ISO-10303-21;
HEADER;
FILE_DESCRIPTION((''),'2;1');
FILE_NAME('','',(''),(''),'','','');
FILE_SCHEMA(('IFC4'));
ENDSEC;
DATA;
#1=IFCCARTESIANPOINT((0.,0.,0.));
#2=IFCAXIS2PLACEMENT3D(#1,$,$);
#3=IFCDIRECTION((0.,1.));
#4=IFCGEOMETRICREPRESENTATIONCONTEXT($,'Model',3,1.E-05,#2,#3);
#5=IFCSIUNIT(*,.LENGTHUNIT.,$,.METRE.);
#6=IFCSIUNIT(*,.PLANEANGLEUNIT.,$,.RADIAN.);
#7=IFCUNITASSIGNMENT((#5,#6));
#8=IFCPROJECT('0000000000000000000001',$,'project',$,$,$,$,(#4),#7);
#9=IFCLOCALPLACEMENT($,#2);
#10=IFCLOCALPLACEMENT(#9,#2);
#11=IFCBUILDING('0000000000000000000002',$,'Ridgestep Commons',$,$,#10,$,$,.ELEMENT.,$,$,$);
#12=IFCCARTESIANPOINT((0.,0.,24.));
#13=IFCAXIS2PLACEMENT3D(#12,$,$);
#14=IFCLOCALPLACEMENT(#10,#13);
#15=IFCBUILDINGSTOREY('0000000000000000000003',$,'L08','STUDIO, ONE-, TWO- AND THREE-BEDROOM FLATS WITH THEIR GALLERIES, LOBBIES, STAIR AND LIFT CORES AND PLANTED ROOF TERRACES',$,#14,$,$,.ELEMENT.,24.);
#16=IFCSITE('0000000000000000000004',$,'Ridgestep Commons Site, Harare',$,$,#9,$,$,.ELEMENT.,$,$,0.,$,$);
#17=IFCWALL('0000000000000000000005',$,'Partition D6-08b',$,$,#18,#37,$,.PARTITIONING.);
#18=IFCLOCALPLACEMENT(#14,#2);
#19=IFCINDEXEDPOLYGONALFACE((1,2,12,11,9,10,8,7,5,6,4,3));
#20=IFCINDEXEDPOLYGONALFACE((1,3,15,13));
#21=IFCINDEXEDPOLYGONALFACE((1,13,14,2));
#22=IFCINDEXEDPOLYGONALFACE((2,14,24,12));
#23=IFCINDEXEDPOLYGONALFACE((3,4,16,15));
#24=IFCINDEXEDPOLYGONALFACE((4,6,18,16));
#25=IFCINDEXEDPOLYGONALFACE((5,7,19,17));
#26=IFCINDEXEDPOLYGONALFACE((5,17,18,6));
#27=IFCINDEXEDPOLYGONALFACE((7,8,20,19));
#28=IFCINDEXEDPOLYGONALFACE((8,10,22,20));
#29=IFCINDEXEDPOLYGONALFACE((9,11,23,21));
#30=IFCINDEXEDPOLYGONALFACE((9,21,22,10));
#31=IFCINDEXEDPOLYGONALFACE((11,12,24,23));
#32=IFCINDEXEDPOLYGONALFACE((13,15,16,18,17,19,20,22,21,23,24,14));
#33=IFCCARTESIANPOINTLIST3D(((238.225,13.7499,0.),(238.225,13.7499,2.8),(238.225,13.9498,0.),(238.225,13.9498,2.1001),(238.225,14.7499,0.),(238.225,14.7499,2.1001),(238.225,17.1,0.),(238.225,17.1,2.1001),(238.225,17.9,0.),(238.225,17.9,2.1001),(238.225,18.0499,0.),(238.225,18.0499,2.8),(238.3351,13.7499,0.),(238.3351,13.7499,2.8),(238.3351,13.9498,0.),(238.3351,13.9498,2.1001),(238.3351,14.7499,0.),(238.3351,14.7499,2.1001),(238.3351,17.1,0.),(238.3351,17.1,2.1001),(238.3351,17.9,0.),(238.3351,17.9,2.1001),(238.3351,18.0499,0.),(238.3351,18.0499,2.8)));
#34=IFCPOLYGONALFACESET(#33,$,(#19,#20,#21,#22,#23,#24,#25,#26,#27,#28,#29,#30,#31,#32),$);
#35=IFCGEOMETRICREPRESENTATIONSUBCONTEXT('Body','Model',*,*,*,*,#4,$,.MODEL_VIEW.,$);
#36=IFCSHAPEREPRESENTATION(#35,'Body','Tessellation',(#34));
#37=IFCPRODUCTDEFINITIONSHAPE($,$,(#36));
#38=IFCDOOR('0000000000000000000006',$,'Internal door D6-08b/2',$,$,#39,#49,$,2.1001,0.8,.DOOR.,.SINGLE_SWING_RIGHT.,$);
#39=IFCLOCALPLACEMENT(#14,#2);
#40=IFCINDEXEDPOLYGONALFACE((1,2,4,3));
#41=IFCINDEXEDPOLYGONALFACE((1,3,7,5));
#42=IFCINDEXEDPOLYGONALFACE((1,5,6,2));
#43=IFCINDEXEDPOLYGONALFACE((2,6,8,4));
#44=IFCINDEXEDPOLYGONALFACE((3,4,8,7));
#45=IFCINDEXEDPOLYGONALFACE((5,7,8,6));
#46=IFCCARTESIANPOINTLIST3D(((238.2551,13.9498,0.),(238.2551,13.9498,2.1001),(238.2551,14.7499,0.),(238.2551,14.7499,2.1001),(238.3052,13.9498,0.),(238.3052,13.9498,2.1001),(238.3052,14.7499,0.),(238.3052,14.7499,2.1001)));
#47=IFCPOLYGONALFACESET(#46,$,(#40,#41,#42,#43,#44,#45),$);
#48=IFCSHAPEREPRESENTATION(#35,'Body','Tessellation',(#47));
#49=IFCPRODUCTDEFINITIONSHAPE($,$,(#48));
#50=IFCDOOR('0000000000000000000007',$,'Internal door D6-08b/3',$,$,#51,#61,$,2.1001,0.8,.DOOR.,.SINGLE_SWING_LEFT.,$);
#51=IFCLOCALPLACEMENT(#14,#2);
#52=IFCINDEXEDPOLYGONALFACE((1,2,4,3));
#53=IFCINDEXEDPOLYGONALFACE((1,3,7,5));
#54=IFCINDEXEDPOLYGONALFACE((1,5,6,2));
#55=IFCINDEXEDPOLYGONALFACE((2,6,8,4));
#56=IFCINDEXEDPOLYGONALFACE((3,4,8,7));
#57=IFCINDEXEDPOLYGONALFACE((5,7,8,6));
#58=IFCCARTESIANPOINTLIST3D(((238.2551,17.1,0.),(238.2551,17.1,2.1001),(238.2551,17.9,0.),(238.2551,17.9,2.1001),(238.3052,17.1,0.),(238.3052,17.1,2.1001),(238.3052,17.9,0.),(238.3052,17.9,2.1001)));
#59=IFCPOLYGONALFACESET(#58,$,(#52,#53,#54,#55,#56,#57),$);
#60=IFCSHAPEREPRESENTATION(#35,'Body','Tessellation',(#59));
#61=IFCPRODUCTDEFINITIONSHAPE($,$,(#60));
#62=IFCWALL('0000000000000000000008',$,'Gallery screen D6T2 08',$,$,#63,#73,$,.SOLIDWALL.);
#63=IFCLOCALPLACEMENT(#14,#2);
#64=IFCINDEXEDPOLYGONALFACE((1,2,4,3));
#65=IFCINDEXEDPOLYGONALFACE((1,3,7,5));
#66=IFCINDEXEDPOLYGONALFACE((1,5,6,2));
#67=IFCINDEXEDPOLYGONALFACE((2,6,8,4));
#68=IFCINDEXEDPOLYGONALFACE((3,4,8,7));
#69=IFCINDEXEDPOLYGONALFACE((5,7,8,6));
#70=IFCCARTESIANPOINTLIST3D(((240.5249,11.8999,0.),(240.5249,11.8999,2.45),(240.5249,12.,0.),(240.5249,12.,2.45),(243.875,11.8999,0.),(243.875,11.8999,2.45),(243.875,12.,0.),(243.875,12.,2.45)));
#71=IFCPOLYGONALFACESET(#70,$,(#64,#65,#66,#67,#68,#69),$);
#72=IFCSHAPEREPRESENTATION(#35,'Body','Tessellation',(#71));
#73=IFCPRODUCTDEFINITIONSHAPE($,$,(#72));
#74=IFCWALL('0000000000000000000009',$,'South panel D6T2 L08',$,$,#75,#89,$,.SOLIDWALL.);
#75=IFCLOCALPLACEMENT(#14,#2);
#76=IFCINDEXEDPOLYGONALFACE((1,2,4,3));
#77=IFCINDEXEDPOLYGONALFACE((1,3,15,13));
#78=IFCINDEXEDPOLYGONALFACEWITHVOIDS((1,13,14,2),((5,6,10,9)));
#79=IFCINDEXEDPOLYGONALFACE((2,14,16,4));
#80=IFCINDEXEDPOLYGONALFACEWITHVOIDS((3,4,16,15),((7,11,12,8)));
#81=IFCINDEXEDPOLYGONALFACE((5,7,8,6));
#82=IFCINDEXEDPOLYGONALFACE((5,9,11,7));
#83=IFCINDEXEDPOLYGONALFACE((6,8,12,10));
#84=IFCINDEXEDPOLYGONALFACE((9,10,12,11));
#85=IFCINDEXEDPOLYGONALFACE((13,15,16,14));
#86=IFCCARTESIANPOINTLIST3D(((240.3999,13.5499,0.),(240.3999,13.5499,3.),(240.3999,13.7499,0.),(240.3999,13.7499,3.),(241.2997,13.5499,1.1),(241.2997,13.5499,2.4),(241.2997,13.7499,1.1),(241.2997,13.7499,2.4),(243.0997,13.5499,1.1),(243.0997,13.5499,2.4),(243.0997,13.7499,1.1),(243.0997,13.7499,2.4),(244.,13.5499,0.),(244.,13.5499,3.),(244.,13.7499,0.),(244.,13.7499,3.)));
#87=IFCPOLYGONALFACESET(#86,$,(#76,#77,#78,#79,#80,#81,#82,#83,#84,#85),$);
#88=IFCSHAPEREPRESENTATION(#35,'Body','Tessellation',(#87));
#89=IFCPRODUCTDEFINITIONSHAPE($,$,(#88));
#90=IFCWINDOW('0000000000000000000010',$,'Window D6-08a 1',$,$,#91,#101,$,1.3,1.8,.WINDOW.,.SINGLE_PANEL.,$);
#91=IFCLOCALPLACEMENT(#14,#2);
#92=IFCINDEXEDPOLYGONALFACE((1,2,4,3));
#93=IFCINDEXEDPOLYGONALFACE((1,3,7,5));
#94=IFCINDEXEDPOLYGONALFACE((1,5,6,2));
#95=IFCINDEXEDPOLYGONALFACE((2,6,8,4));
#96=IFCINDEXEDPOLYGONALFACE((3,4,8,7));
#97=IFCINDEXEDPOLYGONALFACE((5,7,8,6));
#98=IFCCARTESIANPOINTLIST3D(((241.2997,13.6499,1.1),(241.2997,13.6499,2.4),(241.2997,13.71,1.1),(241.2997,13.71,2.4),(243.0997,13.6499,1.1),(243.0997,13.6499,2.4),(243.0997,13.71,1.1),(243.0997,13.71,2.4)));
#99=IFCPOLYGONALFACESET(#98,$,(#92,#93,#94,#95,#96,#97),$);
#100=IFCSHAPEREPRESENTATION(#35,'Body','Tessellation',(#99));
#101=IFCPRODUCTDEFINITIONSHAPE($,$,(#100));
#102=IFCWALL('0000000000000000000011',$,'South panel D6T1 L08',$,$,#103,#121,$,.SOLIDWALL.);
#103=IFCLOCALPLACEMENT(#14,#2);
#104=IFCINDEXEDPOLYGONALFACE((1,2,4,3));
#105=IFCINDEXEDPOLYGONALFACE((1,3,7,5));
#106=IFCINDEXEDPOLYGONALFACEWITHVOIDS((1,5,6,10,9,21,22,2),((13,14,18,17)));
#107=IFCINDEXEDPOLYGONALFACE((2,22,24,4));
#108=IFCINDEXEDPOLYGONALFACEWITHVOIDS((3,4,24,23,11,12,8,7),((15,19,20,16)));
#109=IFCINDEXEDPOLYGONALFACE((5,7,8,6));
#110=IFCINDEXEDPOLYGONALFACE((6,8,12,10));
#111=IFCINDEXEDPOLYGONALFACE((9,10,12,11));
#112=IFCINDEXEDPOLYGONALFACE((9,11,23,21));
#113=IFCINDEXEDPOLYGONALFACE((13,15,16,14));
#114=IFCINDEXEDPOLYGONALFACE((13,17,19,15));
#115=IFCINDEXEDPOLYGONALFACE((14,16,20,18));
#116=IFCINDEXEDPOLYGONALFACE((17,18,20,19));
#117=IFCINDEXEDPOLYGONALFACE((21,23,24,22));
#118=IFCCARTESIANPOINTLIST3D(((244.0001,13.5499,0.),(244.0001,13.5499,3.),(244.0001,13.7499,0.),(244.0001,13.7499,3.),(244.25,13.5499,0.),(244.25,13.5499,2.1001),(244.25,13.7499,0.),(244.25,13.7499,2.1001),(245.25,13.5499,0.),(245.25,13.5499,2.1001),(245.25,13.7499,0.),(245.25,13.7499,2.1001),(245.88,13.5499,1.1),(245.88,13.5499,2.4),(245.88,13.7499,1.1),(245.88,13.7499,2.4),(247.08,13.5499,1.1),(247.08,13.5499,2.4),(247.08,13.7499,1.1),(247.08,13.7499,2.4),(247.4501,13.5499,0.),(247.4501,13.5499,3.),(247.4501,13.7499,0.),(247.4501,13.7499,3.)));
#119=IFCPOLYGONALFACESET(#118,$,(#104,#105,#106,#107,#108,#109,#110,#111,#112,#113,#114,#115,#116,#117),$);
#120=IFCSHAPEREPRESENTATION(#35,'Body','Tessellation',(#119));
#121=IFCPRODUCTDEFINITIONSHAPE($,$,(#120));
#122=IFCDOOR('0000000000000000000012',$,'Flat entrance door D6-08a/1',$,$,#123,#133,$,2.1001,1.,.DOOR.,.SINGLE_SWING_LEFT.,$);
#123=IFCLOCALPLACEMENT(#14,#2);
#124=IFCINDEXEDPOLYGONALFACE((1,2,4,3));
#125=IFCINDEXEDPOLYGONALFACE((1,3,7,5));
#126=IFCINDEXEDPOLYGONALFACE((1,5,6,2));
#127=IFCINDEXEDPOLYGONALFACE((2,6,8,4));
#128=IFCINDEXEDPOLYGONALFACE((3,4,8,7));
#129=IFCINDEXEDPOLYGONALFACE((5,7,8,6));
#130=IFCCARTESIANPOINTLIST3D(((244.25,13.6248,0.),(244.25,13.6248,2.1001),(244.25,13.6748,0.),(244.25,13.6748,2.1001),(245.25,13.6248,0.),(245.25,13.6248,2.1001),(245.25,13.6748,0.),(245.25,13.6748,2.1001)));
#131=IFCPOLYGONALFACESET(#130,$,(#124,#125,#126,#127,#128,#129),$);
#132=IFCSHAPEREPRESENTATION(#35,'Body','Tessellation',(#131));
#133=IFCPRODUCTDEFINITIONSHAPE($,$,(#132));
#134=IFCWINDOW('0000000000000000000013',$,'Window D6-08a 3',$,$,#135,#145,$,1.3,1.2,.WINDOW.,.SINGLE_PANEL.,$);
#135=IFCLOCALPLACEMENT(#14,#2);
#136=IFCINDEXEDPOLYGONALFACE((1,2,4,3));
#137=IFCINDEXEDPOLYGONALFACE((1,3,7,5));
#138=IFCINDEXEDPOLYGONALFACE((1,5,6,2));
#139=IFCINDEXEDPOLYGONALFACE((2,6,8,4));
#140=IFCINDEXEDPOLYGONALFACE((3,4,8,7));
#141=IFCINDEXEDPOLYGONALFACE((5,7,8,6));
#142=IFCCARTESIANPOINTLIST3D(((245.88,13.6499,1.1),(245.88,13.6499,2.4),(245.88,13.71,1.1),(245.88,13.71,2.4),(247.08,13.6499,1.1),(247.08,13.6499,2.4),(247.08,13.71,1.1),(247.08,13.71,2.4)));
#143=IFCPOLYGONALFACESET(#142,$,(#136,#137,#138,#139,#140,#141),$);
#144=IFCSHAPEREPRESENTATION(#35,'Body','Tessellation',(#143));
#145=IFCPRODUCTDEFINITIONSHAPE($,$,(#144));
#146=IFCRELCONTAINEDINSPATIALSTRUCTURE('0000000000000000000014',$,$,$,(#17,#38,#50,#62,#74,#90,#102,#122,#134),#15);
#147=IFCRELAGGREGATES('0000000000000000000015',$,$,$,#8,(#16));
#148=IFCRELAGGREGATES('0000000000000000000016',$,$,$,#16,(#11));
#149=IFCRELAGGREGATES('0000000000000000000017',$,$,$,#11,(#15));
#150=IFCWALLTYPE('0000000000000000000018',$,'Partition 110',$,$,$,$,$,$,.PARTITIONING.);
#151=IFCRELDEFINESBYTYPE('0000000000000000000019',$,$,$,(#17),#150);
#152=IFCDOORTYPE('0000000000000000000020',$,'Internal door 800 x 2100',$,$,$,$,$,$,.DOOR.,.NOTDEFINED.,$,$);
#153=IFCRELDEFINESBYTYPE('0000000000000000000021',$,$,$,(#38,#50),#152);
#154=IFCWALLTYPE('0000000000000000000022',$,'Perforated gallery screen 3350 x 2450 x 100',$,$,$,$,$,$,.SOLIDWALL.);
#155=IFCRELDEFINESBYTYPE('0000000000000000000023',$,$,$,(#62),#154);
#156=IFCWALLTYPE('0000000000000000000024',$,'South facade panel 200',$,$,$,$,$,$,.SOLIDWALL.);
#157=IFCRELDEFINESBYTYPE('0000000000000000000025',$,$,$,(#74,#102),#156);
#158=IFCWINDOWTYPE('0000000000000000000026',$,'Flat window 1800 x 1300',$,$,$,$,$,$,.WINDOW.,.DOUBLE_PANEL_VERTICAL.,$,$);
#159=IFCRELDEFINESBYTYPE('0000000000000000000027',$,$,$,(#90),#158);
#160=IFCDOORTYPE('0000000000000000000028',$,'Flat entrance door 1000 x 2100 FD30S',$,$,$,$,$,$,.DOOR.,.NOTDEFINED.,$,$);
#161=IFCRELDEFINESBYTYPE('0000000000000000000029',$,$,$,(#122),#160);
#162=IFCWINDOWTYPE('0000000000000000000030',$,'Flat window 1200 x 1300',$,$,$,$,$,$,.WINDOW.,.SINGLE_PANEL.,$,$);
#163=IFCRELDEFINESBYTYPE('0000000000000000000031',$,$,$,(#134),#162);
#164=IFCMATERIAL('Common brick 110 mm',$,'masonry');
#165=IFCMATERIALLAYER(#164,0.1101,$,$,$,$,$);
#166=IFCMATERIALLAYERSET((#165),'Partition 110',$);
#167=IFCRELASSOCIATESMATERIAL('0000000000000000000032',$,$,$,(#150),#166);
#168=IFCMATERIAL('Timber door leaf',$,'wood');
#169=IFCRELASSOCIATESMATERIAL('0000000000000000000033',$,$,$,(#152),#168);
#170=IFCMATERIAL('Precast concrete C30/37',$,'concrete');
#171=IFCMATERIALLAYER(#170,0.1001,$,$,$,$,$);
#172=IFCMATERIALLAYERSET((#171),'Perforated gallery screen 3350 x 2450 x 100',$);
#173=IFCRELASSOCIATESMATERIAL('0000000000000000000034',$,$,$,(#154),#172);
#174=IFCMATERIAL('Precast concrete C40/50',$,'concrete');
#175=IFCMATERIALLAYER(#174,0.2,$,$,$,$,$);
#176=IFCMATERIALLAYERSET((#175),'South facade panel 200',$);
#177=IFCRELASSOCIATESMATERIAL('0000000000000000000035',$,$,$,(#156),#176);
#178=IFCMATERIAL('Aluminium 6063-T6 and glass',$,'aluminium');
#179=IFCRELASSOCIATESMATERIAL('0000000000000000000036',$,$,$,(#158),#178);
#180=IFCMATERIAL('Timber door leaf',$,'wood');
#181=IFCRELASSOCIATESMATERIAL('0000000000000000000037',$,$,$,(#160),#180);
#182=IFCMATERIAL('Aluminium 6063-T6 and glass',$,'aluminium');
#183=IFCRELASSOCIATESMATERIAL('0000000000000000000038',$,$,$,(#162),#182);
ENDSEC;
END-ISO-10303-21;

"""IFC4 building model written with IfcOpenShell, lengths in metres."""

from ifc_helpers import new_model, si_unit, direction, frame, frame_2d, origin, place, context, subcontext, project, spatial, rectangle, extrude, material, layer, layer_set, type_object, element, fill, save


model = new_model("IFC4")

# Units and contexts
model_context = context("Model", 3, precision=1e-05, world=origin(), true_north=direction((0.0, 1.0)))
body_context = subcontext(model_context, "Body", "Model", "MODEL_VIEW")
ifc_project = project(units=[si_unit("LENGTHUNIT", "METRE"), si_unit("PLANEANGLEUNIT", "RADIAN")], contexts=[model_context])

# Site, building, storey
site_placement = place(None, origin())
site = spatial("IfcSite", under=ifc_project, at=site_placement, Name="Ridgestep Commons Site, Harare", CompositionType="ELEMENT", RefElevation=0.0)
building_placement = place(site_placement, origin())
building = spatial("IfcBuilding", under=site, at=building_placement, Name="Ridgestep Commons", CompositionType="ELEMENT")
storey_placement = place(building_placement, frame((0.0, 0.0, 24.0)))
storey = spatial("IfcBuildingStorey", under=building, at=storey_placement, Name="L08", Description="STUDIO, ONE-, TWO- AND THREE-BEDROOM FLATS WITH THEIR GALLERIES, LOBBIES, STAIR AND LIFT CORES AND PLANTED ROOF TERRACES", CompositionType="ELEMENT", Elevation=24.0)

# Wall, openings, doors
ifc_material_1 = material(Name="Common brick 110 mm", Category="masonry")
ifc_layer_1 = layer(ifc_material_1, 0.1101)
ifc_layer_set_1 = layer_set([ifc_layer_1], Name="Partition 110")
wall_type_1 = type_object("IfcWallType", Name="Partition 110", PredefinedType="PARTITIONING", material=ifc_layer_set_1)
wall_1_placement = place(storey_placement, frame((238.28, 13.75, 0.0), z_axis=(0.0, 0.0, 1.0), x_axis=(0.0, 1.0, 0.0)))
wall_1 = element("IfcWall", 1, at=wall_1_placement, inside=storey, type_object=wall_type_1, Name="Partition D6-08b", PredefinedType="PARTITIONING", context=body_context, shape_type="SweptSolid", body=[
    extrude(rectangle(XDim=4.3, YDim=0.1101, at=frame_2d((2.1499, 0.0))), origin(), (0.0, 0.0, 1.0), 2.8),
])
opening_1_placement = place(wall_1_placement, frame((0.2, 0.0, 0.0)))
opening_1 = element("IfcOpeningElement", 2, at=opening_1_placement, cuts=wall_1, PredefinedType="OPENING", context=body_context, shape_type="SweptSolid", body=[
    extrude(rectangle(XDim=0.8, YDim=2.1001, at=frame_2d((0.3999, 1.05))), frame((0.0, 0.0649, 0.0), z_axis=(0.0, -1.0, 0.0), x_axis=(1.0, 0.0, 0.0)), (0.0, 0.0, 1.0), 0.1301),
])
opening_2_placement = place(wall_1_placement, frame((3.3501, 0.0, 0.0)))
opening_2 = element("IfcOpeningElement", 3, at=opening_2_placement, cuts=wall_1, PredefinedType="OPENING", context=body_context, shape_type="SweptSolid", body=[
    extrude(rectangle(XDim=0.8, YDim=2.1001, at=frame_2d((0.3999, 1.05))), frame((0.0, 0.0649, 0.0), z_axis=(0.0, -1.0, 0.0), x_axis=(1.0, 0.0, 0.0)), (0.0, 0.0, 1.0), 0.1301),
])
ifc_material_2 = material(Name="Timber door leaf", Category="wood")
door_type_1 = type_object("IfcDoorType", Name="Internal door 800 x 2100", OperationType="NOTDEFINED", PredefinedType="DOOR", material=ifc_material_2)
door_1_placement = place(opening_1_placement, origin())
door_1 = element("IfcDoor", 4, at=door_1_placement, inside=storey, type_object=door_type_1, Name="Internal door D6-08b/2", OperationType="SINGLE_SWING_RIGHT", OverallHeight=2.1001, OverallWidth=0.8, PredefinedType="DOOR", context=body_context, shape_type="SweptSolid", body=[
    extrude(rectangle(XDim=0.8, YDim=2.1001, at=frame_2d((0.3999, 1.05))), frame((0.0, 0.0249, 0.0), z_axis=(0.0, -1.0, 0.0), x_axis=(1.0, 0.0, 0.0)), (0.0, 0.0, 1.0), 0.05),
])
fill(opening_1, door_1)
door_2_placement = place(opening_2_placement, origin())
door_2 = element("IfcDoor", 5, at=door_2_placement, inside=storey, type_object=door_type_1, Name="Internal door D6-08b/3", OperationType="SINGLE_SWING_LEFT", OverallHeight=2.1001, OverallWidth=0.8, PredefinedType="DOOR", context=body_context, shape_type="SweptSolid", body=[
    extrude(rectangle(XDim=0.8, YDim=2.1001, at=frame_2d((0.3999, 1.05))), frame((0.0, 0.0249, 0.0), z_axis=(0.0, -1.0, 0.0), x_axis=(1.0, 0.0, 0.0)), (0.0, 0.0, 1.0), 0.05),
])
fill(opening_2, door_2)

# Wall
ifc_material_3 = material(Name="Precast concrete C30/37", Category="concrete")
ifc_layer_2 = layer(ifc_material_3, 0.1001)
ifc_layer_set_2 = layer_set([ifc_layer_2], Name="Perforated gallery screen 3350 x 2450 x 100")
wall_type_2 = type_object("IfcWallType", Name="Perforated gallery screen 3350 x 2450 x 100", PredefinedType="SOLIDWALL", material=ifc_layer_set_2)
wall_2_placement = place(storey_placement, frame((240.5249, 11.95, 0.0), z_axis=(0.0, 0.0, 1.0), x_axis=(1.0, 0.0, 0.0)))
element("IfcWall", 6, at=wall_2_placement, inside=storey, type_object=wall_type_2, Name="Gallery screen D6T2 08", PredefinedType="SOLIDWALL", context=body_context, shape_type="SweptSolid", body=[
    extrude(rectangle(XDim=3.3501, YDim=0.1001, at=frame_2d((1.675, 0.0))), origin(), (0.0, 0.0, 1.0), 2.45),
])

# Wall, opening, window
ifc_material_4 = material(Name="Precast concrete C40/50", Category="concrete")
ifc_layer_3 = layer(ifc_material_4, 0.2)
ifc_layer_set_3 = layer_set([ifc_layer_3], Name="South facade panel 200")
wall_type_3 = type_object("IfcWallType", Name="South facade panel 200", PredefinedType="SOLIDWALL", material=ifc_layer_set_3)
wall_3_placement = place(storey_placement, frame((240.3999, 13.6499, 0.0), z_axis=(0.0, 0.0, 1.0), x_axis=(1.0, 0.0, 0.0)))
wall_3 = element("IfcWall", 7, at=wall_3_placement, inside=storey, type_object=wall_type_3, Name="South panel D6T2 L08", PredefinedType="SOLIDWALL", context=body_context, shape_type="SweptSolid", body=[
    extrude(rectangle(XDim=3.6001, YDim=0.2, at=frame_2d((1.8, 0.0))), origin(), (0.0, 0.0, 1.0), 3.0),
])
opening_3_placement = place(wall_3_placement, frame((0.8999, 0.0, 1.1001)))
opening_3 = element("IfcOpeningElement", 8, at=opening_3_placement, cuts=wall_3, PredefinedType="OPENING", context=body_context, shape_type="SweptSolid", body=[
    extrude(rectangle(XDim=1.8, YDim=1.3, at=frame_2d((0.8999, 0.6499))), frame((0.0, 0.1099, 0.0), z_axis=(0.0, -1.0, 0.0), x_axis=(1.0, 0.0, 0.0)), (0.0, 0.0, 1.0), 0.22),
])
ifc_material_5 = material(Name="Aluminium 6063-T6 and glass", Category="aluminium")
window_type_1 = type_object("IfcWindowType", Name="Flat window 1800 x 1300", PartitioningType="DOUBLE_PANEL_VERTICAL", PredefinedType="WINDOW", material=ifc_material_5)
window_1_placement = place(opening_3_placement, origin())
window_1 = element("IfcWindow", 9, at=window_1_placement, inside=storey, type_object=window_type_1, Name="Window D6-08a 1", OverallHeight=1.3, OverallWidth=1.8, PartitioningType="SINGLE_PANEL", PredefinedType="WINDOW", context=body_context, shape_type="SweptSolid", body=[
    extrude(rectangle(XDim=1.8, YDim=1.3, at=frame_2d((0.8999, 0.6499))), frame((0.0, 0.0601, 0.0), z_axis=(0.0, -1.0, 0.0), x_axis=(1.0, 0.0, 0.0)), (0.0, 0.0, 1.0), 0.0601),
])
fill(opening_3, window_1)

# Wall, openings, door, window
wall_4_placement = place(storey_placement, frame((244.0, 13.6499, 0.0), z_axis=(0.0, 0.0, 1.0), x_axis=(1.0, 0.0, 0.0)))
wall_4 = element("IfcWall", 10, at=wall_4_placement, inside=storey, type_object=wall_type_3, Name="South panel D6T1 L08", PredefinedType="SOLIDWALL", context=body_context, shape_type="SweptSolid", body=[
    extrude(rectangle(XDim=3.45, YDim=0.2, at=frame_2d((1.7251, 0.0))), origin(), (0.0, 0.0, 1.0), 3.0),
])
opening_4_placement = place(wall_4_placement, frame((1.8799, 0.0, 1.1001)))
opening_4 = element("IfcOpeningElement", 11, at=opening_4_placement, cuts=wall_4, PredefinedType="OPENING", context=body_context, shape_type="SweptSolid", body=[
    extrude(rectangle(XDim=1.2, YDim=1.3, at=frame_2d((0.6001, 0.6499))), frame((0.0, 0.1099, 0.0), z_axis=(0.0, -1.0, 0.0), x_axis=(1.0, 0.0, 0.0)), (0.0, 0.0, 1.0), 0.22),
])
opening_5_placement = place(wall_4_placement, frame((0.25, 0.0, 0.0)))
opening_5 = element("IfcOpeningElement", 12, at=opening_5_placement, cuts=wall_4, PredefinedType="OPENING", context=body_context, shape_type="SweptSolid", body=[
    extrude(rectangle(XDim=1.0, YDim=2.1001, at=frame_2d((0.5, 1.05))), frame((0.0, 0.1099, 0.0), z_axis=(0.0, -1.0, 0.0), x_axis=(1.0, 0.0, 0.0)), (0.0, 0.0, 1.0), 0.22),
])
ifc_material_6 = material(Name="Timber door leaf", Category="wood")
door_type_2 = type_object("IfcDoorType", Name="Flat entrance door 1000 x 2100 FD30S", OperationType="NOTDEFINED", PredefinedType="DOOR", material=ifc_material_6)
door_3_placement = place(opening_5_placement, origin())
door_3 = element("IfcDoor", 13, at=door_3_placement, inside=storey, type_object=door_type_2, Name="Flat entrance door D6-08a/1", OperationType="SINGLE_SWING_LEFT", OverallHeight=2.1001, OverallWidth=1.0, PredefinedType="DOOR", context=body_context, shape_type="SweptSolid", body=[
    extrude(rectangle(XDim=1.0, YDim=2.1001, at=frame_2d((0.5, 1.05))), frame((0.0, 0.0249, 0.0), z_axis=(0.0, -1.0, 0.0), x_axis=(1.0, 0.0, 0.0)), (0.0, 0.0, 1.0), 0.05),
])
fill(opening_5, door_3)
ifc_material_7 = material(Name="Aluminium 6063-T6 and glass", Category="aluminium")
window_type_2 = type_object("IfcWindowType", Name="Flat window 1200 x 1300", PartitioningType="SINGLE_PANEL", PredefinedType="WINDOW", material=ifc_material_7)
window_2_placement = place(opening_4_placement, origin())
window_2 = element("IfcWindow", 14, at=window_2_placement, inside=storey, type_object=window_type_2, Name="Window D6-08a 3", OverallHeight=1.3, OverallWidth=1.2, PartitioningType="SINGLE_PANEL", PredefinedType="WINDOW", context=body_context, shape_type="SweptSolid", body=[
    extrude(rectangle(XDim=1.2, YDim=1.3, at=frame_2d((0.6001, 0.6499))), frame((0.0, 0.0601, 0.0), z_axis=(0.0, -1.0, 0.0), x_axis=(1.0, 0.0, 0.0)), (0.0, 0.0, 1.0), 0.0601),
])
fill(opening_4, window_2)

save(model, "model.ifc")
